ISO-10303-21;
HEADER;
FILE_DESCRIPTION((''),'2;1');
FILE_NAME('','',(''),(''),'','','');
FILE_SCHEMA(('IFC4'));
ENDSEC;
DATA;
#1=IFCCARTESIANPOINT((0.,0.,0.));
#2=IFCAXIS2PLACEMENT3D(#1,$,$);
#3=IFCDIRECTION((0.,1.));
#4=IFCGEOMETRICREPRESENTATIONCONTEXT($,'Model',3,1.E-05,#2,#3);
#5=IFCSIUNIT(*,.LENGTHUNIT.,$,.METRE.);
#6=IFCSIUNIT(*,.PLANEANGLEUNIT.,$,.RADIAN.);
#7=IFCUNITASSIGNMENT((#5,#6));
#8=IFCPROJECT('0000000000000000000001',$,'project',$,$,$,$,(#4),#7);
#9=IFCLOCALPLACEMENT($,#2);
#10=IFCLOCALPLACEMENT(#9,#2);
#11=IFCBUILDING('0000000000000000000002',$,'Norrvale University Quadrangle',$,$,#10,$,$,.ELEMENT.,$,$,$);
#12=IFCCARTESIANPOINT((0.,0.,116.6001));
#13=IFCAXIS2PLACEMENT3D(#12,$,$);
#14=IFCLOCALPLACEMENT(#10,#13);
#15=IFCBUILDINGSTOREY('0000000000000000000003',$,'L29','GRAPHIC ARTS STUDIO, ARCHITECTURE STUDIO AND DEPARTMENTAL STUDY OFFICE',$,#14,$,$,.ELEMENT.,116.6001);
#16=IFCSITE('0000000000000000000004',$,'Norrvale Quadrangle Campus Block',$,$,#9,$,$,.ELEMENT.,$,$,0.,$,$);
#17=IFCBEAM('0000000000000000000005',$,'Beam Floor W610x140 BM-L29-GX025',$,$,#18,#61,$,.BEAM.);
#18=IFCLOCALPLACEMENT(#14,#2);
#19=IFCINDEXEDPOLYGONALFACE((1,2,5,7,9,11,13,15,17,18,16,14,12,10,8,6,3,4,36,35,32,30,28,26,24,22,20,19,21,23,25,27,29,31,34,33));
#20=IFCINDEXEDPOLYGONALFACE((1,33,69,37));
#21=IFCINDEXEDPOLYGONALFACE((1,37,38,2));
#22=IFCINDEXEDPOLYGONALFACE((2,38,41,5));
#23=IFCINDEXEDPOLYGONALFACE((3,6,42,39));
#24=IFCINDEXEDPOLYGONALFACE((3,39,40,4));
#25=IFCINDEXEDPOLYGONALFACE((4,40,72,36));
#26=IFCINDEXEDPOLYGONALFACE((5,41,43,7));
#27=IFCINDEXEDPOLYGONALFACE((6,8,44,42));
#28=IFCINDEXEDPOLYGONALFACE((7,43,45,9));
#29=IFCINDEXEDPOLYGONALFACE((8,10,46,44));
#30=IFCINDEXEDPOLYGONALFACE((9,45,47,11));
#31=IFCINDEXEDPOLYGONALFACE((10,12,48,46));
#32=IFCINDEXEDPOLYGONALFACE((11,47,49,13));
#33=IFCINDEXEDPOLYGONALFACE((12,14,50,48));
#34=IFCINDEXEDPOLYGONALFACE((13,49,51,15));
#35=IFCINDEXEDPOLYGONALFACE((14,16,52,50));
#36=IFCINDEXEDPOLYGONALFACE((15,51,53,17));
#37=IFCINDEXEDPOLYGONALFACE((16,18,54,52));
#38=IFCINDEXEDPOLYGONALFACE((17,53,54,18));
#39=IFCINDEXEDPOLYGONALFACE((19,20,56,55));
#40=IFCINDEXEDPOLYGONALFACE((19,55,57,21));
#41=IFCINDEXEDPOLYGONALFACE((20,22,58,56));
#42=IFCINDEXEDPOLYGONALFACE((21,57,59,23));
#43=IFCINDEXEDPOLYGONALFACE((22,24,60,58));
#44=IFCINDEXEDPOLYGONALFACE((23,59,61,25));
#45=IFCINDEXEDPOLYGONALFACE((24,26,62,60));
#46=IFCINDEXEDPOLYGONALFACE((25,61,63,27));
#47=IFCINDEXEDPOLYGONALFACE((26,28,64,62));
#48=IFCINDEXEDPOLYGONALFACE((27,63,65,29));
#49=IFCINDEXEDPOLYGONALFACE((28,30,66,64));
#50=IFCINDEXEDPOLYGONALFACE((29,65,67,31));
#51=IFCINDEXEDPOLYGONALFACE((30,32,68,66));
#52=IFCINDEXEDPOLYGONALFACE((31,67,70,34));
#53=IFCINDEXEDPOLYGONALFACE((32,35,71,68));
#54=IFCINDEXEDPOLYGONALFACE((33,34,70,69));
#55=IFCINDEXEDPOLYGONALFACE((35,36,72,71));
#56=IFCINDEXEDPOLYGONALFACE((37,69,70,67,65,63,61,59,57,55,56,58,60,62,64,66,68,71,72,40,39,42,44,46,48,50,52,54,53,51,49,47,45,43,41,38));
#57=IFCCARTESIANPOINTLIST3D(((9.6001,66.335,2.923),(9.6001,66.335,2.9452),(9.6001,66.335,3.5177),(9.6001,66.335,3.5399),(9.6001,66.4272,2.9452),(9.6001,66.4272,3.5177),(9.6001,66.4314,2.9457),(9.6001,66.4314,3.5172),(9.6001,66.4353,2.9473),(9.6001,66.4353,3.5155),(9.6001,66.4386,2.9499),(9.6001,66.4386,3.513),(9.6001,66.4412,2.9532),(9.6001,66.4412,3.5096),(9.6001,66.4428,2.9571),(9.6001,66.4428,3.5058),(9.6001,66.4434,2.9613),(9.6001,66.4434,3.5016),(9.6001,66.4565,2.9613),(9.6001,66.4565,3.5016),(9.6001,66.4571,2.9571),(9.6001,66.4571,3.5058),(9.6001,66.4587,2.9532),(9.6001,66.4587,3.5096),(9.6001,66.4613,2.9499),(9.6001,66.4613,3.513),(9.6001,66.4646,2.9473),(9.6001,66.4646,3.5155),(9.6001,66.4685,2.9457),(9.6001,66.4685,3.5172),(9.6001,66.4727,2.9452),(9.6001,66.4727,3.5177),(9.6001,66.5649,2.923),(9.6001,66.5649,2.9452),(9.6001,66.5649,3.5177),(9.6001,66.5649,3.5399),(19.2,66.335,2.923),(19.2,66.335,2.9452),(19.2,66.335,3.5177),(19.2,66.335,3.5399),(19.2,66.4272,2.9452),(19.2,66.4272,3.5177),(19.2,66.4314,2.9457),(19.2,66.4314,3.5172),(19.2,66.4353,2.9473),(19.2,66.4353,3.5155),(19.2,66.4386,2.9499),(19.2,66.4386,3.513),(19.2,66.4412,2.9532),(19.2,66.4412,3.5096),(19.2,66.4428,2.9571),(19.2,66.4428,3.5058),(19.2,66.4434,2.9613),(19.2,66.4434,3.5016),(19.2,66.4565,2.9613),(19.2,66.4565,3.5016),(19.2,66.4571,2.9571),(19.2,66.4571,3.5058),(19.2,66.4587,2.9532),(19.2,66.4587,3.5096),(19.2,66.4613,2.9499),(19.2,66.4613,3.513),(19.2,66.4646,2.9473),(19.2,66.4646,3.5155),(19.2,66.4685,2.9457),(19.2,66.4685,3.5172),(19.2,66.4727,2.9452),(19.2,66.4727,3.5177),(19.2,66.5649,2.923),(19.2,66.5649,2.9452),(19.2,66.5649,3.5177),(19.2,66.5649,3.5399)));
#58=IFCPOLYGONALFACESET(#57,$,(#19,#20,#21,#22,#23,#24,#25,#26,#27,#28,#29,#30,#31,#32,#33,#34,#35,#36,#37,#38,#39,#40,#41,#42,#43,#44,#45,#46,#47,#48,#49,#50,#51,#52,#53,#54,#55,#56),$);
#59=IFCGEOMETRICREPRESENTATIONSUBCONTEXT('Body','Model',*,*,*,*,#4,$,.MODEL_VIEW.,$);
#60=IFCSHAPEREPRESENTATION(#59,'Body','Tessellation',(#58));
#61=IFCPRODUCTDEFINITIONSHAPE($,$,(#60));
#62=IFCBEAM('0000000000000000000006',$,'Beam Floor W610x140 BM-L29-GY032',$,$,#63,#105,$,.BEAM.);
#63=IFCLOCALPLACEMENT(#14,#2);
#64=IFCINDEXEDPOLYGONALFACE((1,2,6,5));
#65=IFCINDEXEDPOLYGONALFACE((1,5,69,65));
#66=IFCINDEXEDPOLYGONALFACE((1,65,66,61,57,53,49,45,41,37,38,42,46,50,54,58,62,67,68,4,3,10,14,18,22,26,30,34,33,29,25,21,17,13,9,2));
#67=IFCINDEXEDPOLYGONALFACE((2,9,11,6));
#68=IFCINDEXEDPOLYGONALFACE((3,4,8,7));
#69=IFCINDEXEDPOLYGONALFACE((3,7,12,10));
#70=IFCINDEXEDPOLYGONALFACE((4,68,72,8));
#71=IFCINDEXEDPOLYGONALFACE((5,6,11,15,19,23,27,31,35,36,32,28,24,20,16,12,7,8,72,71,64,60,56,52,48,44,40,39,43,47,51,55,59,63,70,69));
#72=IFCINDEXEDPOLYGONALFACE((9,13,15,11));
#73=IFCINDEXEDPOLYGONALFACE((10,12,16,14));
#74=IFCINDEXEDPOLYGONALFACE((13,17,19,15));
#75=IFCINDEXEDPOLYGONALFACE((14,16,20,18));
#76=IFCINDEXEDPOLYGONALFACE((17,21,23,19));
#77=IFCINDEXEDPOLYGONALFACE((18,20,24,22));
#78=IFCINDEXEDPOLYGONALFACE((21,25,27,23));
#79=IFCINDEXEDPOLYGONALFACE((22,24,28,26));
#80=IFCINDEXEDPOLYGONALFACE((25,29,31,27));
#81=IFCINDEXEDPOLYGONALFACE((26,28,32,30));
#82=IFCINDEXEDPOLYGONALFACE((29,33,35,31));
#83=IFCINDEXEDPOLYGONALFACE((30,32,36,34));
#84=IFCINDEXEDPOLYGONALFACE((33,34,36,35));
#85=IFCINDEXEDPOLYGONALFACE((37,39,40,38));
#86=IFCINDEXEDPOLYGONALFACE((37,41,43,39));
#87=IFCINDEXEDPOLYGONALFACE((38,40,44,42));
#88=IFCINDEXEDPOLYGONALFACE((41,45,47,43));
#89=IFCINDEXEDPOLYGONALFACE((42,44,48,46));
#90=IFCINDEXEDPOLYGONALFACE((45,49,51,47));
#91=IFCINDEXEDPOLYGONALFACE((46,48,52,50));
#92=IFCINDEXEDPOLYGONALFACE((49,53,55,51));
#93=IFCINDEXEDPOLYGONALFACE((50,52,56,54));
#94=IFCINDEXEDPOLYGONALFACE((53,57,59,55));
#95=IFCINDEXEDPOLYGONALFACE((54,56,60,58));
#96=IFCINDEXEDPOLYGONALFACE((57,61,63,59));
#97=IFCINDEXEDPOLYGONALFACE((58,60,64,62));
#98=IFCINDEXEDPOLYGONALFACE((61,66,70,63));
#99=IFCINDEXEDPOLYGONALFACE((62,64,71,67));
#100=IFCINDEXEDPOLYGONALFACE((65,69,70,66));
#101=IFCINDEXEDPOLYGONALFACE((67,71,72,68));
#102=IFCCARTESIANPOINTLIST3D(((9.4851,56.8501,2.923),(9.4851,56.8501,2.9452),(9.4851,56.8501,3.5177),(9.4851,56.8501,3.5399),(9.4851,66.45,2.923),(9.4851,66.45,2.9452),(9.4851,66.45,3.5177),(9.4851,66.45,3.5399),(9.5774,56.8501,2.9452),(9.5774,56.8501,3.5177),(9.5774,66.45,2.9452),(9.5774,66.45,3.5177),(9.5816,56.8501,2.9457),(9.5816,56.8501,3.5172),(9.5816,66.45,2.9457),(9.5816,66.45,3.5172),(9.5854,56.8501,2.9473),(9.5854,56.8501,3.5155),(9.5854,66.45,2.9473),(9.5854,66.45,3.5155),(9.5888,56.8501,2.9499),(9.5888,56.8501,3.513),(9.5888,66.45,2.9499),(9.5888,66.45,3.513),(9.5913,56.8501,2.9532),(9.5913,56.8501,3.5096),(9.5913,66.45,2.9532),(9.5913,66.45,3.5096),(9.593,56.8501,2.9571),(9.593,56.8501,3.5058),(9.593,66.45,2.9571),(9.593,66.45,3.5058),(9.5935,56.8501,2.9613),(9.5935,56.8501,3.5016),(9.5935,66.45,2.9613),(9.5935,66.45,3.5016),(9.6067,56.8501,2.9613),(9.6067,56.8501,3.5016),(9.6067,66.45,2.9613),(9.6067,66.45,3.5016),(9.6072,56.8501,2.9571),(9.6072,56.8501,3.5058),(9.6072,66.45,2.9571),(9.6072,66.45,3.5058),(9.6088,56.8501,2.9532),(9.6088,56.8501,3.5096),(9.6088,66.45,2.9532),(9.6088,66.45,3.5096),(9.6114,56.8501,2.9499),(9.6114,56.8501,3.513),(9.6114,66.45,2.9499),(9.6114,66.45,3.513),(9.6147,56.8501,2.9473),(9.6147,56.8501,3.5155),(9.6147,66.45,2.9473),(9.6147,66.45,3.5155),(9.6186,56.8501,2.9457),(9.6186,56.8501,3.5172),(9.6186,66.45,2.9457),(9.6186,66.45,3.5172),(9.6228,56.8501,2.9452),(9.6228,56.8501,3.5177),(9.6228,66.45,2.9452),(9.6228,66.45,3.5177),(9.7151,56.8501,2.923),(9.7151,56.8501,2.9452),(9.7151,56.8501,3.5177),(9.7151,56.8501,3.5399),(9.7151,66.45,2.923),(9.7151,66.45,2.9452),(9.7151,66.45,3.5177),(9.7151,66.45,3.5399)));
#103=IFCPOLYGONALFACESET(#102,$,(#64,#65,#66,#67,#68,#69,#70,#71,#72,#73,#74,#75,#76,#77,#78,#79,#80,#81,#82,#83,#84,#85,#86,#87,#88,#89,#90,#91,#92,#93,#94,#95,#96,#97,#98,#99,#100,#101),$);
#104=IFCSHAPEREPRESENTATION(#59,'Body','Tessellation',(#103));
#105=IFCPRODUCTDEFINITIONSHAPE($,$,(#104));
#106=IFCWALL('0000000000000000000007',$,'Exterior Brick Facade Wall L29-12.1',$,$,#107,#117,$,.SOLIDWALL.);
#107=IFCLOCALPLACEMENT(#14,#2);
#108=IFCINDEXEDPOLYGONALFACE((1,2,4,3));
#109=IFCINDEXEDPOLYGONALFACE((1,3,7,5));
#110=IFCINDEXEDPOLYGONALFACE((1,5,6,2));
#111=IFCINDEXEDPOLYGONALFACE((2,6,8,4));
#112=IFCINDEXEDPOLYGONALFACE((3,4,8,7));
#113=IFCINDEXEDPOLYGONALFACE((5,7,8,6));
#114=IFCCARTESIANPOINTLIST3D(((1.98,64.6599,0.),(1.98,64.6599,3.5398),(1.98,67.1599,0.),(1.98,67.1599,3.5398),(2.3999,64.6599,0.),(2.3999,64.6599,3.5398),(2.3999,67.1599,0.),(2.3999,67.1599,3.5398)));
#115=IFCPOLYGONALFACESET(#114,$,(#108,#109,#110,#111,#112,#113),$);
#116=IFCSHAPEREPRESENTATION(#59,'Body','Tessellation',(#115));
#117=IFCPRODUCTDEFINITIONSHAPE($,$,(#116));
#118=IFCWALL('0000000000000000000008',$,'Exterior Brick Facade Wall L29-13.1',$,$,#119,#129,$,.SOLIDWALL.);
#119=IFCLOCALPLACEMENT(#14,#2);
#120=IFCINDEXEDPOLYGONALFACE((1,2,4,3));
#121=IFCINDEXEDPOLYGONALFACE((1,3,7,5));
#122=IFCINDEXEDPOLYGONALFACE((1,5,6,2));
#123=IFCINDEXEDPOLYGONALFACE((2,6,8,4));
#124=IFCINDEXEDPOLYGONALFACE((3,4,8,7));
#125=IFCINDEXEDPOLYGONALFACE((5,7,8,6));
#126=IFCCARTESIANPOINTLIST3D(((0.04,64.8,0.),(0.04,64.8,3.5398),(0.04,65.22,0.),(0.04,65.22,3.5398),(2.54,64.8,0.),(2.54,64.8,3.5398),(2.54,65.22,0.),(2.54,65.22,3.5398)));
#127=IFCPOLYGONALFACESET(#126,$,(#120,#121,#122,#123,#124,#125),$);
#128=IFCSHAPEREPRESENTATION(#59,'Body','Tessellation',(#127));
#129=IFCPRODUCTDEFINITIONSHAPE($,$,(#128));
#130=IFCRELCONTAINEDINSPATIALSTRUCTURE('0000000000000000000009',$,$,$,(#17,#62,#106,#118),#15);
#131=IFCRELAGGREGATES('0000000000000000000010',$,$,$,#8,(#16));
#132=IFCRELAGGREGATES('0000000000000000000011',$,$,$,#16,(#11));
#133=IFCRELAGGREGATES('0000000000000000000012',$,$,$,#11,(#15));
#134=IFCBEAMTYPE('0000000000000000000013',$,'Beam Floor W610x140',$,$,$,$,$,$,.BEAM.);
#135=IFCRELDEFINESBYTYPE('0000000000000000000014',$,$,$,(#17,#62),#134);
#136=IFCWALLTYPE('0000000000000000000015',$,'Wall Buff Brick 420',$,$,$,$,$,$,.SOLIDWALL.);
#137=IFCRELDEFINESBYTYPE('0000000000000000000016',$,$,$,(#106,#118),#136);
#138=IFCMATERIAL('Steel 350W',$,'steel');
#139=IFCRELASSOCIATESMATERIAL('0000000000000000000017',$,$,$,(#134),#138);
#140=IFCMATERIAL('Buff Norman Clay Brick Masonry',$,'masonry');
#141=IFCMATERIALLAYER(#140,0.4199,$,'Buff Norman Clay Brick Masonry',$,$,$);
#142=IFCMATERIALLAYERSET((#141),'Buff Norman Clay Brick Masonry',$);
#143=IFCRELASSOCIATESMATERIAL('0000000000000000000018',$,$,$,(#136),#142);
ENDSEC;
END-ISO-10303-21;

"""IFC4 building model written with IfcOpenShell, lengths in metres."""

from ifc_helpers import new_model, si_unit, direction, frame, frame_2d, origin, origin_2d, place, context, subcontext, project, spatial, rectangle, i_section, extrude, material, layer, layer_set, material_profile, profile_set, type_object, element, save


model = new_model("IFC4")

# Units and contexts
model_context = context("Model", 3, precision=1e-05, world=origin(), true_north=direction((0.0, 1.0)))
body_context = subcontext(model_context, "Body", "Model", "MODEL_VIEW")
ifc_project = project(units=[si_unit("LENGTHUNIT", "METRE"), si_unit("PLANEANGLEUNIT", "RADIAN")], contexts=[model_context])

# Site, building, storey
site_placement = place(None, origin())
site = spatial("IfcSite", under=ifc_project, at=site_placement, Name="Norrvale Quadrangle Campus Block", CompositionType="ELEMENT", RefElevation=0.0)
building_placement = place(site_placement, origin())
building = spatial("IfcBuilding", under=site, at=building_placement, Name="Norrvale University Quadrangle", CompositionType="ELEMENT")
storey_placement = place(building_placement, frame((0.0, 0.0, 116.6001)))
storey = spatial("IfcBuildingStorey", under=building, at=storey_placement, Name="L29", Description="GRAPHIC ARTS STUDIO, ARCHITECTURE STUDIO AND DEPARTMENTAL STUDY OFFICE", CompositionType="ELEMENT", Elevation=116.6001)

# Beams
ifc_material_1 = material(Name="Steel 350W", Category="steel")
ifc_material_profile_1 = material_profile(ifc_material_1, i_section(OverallWidth=0.23, OverallDepth=0.6169, WebThickness=0.0132, FlangeThickness=0.0222, FilletRadius=0.0161, at=origin_2d()), Name="Steel 350W")
ifc_profile_set_1 = profile_set([ifc_material_profile_1], Name="Steel 350W")
beam_type_1 = type_object("IfcBeamType", Name="Beam Floor W610x140", PredefinedType="BEAM", material=ifc_profile_set_1)
for number, where, z_axis, x_axis, name in (
    (1, (9.6001, 66.45, 3.2314), (1.0, 0.0, 0.0), (0.0, 1.0, 0.0), "Beam Floor W610x140 BM-L29-GX025"),
    (2, (9.6001, 56.8501, 3.2314), (0.0, 1.0, 0.0), (-1.0, 0.0, 0.0), "Beam Floor W610x140 BM-L29-GY032"),
):
    element("IfcBeam", number, at=place(storey_placement, frame(where, z_axis=z_axis, x_axis=x_axis)), inside=storey, type_object=beam_type_1, Name=name, PredefinedType="BEAM", context=body_context, shape_type="SweptSolid", body=[
        extrude(i_section(OverallWidth=0.23, OverallDepth=0.6169, WebThickness=0.0132, FlangeThickness=0.0222, FilletRadius=0.0161, at=origin_2d()), origin(), (0.0, 0.0, 1.0), 9.5999),
    ])

# Walls
ifc_material_2 = material(Name="Buff Norman Clay Brick Masonry", Category="masonry")
ifc_layer = layer(ifc_material_2, 0.4199, Name="Buff Norman Clay Brick Masonry")
ifc_layer_set = layer_set([ifc_layer], Name="Buff Norman Clay Brick Masonry")
wall_type = type_object("IfcWallType", Name="Wall Buff Brick 420", PredefinedType="SOLIDWALL", material=ifc_layer_set)
for number, where, z_axis, x_axis, name in (
    (3, (2.1899, 67.1599, 0.0), (0.0, 0.0, 1.0), (0.0, -1.0, 0.0), "Exterior Brick Facade Wall L29-12.1"),
    (4, (2.54, 65.01, 0.0), (0.0, 0.0, 1.0), (-1.0, 0.0, 0.0), "Exterior Brick Facade Wall L29-13.1"),
):
    element("IfcWall", number, at=place(storey_placement, frame(where, z_axis=z_axis, x_axis=x_axis)), inside=storey, type_object=wall_type, Name=name, PredefinedType="SOLIDWALL", context=body_context, shape_type="SweptSolid", body=[
        extrude(rectangle(XDim=2.5, YDim=0.4199, at=frame_2d((1.25, 0.0))), origin(), (0.0, 0.0, 1.0), 3.5398),
    ])

save(model, "model.ifc")
